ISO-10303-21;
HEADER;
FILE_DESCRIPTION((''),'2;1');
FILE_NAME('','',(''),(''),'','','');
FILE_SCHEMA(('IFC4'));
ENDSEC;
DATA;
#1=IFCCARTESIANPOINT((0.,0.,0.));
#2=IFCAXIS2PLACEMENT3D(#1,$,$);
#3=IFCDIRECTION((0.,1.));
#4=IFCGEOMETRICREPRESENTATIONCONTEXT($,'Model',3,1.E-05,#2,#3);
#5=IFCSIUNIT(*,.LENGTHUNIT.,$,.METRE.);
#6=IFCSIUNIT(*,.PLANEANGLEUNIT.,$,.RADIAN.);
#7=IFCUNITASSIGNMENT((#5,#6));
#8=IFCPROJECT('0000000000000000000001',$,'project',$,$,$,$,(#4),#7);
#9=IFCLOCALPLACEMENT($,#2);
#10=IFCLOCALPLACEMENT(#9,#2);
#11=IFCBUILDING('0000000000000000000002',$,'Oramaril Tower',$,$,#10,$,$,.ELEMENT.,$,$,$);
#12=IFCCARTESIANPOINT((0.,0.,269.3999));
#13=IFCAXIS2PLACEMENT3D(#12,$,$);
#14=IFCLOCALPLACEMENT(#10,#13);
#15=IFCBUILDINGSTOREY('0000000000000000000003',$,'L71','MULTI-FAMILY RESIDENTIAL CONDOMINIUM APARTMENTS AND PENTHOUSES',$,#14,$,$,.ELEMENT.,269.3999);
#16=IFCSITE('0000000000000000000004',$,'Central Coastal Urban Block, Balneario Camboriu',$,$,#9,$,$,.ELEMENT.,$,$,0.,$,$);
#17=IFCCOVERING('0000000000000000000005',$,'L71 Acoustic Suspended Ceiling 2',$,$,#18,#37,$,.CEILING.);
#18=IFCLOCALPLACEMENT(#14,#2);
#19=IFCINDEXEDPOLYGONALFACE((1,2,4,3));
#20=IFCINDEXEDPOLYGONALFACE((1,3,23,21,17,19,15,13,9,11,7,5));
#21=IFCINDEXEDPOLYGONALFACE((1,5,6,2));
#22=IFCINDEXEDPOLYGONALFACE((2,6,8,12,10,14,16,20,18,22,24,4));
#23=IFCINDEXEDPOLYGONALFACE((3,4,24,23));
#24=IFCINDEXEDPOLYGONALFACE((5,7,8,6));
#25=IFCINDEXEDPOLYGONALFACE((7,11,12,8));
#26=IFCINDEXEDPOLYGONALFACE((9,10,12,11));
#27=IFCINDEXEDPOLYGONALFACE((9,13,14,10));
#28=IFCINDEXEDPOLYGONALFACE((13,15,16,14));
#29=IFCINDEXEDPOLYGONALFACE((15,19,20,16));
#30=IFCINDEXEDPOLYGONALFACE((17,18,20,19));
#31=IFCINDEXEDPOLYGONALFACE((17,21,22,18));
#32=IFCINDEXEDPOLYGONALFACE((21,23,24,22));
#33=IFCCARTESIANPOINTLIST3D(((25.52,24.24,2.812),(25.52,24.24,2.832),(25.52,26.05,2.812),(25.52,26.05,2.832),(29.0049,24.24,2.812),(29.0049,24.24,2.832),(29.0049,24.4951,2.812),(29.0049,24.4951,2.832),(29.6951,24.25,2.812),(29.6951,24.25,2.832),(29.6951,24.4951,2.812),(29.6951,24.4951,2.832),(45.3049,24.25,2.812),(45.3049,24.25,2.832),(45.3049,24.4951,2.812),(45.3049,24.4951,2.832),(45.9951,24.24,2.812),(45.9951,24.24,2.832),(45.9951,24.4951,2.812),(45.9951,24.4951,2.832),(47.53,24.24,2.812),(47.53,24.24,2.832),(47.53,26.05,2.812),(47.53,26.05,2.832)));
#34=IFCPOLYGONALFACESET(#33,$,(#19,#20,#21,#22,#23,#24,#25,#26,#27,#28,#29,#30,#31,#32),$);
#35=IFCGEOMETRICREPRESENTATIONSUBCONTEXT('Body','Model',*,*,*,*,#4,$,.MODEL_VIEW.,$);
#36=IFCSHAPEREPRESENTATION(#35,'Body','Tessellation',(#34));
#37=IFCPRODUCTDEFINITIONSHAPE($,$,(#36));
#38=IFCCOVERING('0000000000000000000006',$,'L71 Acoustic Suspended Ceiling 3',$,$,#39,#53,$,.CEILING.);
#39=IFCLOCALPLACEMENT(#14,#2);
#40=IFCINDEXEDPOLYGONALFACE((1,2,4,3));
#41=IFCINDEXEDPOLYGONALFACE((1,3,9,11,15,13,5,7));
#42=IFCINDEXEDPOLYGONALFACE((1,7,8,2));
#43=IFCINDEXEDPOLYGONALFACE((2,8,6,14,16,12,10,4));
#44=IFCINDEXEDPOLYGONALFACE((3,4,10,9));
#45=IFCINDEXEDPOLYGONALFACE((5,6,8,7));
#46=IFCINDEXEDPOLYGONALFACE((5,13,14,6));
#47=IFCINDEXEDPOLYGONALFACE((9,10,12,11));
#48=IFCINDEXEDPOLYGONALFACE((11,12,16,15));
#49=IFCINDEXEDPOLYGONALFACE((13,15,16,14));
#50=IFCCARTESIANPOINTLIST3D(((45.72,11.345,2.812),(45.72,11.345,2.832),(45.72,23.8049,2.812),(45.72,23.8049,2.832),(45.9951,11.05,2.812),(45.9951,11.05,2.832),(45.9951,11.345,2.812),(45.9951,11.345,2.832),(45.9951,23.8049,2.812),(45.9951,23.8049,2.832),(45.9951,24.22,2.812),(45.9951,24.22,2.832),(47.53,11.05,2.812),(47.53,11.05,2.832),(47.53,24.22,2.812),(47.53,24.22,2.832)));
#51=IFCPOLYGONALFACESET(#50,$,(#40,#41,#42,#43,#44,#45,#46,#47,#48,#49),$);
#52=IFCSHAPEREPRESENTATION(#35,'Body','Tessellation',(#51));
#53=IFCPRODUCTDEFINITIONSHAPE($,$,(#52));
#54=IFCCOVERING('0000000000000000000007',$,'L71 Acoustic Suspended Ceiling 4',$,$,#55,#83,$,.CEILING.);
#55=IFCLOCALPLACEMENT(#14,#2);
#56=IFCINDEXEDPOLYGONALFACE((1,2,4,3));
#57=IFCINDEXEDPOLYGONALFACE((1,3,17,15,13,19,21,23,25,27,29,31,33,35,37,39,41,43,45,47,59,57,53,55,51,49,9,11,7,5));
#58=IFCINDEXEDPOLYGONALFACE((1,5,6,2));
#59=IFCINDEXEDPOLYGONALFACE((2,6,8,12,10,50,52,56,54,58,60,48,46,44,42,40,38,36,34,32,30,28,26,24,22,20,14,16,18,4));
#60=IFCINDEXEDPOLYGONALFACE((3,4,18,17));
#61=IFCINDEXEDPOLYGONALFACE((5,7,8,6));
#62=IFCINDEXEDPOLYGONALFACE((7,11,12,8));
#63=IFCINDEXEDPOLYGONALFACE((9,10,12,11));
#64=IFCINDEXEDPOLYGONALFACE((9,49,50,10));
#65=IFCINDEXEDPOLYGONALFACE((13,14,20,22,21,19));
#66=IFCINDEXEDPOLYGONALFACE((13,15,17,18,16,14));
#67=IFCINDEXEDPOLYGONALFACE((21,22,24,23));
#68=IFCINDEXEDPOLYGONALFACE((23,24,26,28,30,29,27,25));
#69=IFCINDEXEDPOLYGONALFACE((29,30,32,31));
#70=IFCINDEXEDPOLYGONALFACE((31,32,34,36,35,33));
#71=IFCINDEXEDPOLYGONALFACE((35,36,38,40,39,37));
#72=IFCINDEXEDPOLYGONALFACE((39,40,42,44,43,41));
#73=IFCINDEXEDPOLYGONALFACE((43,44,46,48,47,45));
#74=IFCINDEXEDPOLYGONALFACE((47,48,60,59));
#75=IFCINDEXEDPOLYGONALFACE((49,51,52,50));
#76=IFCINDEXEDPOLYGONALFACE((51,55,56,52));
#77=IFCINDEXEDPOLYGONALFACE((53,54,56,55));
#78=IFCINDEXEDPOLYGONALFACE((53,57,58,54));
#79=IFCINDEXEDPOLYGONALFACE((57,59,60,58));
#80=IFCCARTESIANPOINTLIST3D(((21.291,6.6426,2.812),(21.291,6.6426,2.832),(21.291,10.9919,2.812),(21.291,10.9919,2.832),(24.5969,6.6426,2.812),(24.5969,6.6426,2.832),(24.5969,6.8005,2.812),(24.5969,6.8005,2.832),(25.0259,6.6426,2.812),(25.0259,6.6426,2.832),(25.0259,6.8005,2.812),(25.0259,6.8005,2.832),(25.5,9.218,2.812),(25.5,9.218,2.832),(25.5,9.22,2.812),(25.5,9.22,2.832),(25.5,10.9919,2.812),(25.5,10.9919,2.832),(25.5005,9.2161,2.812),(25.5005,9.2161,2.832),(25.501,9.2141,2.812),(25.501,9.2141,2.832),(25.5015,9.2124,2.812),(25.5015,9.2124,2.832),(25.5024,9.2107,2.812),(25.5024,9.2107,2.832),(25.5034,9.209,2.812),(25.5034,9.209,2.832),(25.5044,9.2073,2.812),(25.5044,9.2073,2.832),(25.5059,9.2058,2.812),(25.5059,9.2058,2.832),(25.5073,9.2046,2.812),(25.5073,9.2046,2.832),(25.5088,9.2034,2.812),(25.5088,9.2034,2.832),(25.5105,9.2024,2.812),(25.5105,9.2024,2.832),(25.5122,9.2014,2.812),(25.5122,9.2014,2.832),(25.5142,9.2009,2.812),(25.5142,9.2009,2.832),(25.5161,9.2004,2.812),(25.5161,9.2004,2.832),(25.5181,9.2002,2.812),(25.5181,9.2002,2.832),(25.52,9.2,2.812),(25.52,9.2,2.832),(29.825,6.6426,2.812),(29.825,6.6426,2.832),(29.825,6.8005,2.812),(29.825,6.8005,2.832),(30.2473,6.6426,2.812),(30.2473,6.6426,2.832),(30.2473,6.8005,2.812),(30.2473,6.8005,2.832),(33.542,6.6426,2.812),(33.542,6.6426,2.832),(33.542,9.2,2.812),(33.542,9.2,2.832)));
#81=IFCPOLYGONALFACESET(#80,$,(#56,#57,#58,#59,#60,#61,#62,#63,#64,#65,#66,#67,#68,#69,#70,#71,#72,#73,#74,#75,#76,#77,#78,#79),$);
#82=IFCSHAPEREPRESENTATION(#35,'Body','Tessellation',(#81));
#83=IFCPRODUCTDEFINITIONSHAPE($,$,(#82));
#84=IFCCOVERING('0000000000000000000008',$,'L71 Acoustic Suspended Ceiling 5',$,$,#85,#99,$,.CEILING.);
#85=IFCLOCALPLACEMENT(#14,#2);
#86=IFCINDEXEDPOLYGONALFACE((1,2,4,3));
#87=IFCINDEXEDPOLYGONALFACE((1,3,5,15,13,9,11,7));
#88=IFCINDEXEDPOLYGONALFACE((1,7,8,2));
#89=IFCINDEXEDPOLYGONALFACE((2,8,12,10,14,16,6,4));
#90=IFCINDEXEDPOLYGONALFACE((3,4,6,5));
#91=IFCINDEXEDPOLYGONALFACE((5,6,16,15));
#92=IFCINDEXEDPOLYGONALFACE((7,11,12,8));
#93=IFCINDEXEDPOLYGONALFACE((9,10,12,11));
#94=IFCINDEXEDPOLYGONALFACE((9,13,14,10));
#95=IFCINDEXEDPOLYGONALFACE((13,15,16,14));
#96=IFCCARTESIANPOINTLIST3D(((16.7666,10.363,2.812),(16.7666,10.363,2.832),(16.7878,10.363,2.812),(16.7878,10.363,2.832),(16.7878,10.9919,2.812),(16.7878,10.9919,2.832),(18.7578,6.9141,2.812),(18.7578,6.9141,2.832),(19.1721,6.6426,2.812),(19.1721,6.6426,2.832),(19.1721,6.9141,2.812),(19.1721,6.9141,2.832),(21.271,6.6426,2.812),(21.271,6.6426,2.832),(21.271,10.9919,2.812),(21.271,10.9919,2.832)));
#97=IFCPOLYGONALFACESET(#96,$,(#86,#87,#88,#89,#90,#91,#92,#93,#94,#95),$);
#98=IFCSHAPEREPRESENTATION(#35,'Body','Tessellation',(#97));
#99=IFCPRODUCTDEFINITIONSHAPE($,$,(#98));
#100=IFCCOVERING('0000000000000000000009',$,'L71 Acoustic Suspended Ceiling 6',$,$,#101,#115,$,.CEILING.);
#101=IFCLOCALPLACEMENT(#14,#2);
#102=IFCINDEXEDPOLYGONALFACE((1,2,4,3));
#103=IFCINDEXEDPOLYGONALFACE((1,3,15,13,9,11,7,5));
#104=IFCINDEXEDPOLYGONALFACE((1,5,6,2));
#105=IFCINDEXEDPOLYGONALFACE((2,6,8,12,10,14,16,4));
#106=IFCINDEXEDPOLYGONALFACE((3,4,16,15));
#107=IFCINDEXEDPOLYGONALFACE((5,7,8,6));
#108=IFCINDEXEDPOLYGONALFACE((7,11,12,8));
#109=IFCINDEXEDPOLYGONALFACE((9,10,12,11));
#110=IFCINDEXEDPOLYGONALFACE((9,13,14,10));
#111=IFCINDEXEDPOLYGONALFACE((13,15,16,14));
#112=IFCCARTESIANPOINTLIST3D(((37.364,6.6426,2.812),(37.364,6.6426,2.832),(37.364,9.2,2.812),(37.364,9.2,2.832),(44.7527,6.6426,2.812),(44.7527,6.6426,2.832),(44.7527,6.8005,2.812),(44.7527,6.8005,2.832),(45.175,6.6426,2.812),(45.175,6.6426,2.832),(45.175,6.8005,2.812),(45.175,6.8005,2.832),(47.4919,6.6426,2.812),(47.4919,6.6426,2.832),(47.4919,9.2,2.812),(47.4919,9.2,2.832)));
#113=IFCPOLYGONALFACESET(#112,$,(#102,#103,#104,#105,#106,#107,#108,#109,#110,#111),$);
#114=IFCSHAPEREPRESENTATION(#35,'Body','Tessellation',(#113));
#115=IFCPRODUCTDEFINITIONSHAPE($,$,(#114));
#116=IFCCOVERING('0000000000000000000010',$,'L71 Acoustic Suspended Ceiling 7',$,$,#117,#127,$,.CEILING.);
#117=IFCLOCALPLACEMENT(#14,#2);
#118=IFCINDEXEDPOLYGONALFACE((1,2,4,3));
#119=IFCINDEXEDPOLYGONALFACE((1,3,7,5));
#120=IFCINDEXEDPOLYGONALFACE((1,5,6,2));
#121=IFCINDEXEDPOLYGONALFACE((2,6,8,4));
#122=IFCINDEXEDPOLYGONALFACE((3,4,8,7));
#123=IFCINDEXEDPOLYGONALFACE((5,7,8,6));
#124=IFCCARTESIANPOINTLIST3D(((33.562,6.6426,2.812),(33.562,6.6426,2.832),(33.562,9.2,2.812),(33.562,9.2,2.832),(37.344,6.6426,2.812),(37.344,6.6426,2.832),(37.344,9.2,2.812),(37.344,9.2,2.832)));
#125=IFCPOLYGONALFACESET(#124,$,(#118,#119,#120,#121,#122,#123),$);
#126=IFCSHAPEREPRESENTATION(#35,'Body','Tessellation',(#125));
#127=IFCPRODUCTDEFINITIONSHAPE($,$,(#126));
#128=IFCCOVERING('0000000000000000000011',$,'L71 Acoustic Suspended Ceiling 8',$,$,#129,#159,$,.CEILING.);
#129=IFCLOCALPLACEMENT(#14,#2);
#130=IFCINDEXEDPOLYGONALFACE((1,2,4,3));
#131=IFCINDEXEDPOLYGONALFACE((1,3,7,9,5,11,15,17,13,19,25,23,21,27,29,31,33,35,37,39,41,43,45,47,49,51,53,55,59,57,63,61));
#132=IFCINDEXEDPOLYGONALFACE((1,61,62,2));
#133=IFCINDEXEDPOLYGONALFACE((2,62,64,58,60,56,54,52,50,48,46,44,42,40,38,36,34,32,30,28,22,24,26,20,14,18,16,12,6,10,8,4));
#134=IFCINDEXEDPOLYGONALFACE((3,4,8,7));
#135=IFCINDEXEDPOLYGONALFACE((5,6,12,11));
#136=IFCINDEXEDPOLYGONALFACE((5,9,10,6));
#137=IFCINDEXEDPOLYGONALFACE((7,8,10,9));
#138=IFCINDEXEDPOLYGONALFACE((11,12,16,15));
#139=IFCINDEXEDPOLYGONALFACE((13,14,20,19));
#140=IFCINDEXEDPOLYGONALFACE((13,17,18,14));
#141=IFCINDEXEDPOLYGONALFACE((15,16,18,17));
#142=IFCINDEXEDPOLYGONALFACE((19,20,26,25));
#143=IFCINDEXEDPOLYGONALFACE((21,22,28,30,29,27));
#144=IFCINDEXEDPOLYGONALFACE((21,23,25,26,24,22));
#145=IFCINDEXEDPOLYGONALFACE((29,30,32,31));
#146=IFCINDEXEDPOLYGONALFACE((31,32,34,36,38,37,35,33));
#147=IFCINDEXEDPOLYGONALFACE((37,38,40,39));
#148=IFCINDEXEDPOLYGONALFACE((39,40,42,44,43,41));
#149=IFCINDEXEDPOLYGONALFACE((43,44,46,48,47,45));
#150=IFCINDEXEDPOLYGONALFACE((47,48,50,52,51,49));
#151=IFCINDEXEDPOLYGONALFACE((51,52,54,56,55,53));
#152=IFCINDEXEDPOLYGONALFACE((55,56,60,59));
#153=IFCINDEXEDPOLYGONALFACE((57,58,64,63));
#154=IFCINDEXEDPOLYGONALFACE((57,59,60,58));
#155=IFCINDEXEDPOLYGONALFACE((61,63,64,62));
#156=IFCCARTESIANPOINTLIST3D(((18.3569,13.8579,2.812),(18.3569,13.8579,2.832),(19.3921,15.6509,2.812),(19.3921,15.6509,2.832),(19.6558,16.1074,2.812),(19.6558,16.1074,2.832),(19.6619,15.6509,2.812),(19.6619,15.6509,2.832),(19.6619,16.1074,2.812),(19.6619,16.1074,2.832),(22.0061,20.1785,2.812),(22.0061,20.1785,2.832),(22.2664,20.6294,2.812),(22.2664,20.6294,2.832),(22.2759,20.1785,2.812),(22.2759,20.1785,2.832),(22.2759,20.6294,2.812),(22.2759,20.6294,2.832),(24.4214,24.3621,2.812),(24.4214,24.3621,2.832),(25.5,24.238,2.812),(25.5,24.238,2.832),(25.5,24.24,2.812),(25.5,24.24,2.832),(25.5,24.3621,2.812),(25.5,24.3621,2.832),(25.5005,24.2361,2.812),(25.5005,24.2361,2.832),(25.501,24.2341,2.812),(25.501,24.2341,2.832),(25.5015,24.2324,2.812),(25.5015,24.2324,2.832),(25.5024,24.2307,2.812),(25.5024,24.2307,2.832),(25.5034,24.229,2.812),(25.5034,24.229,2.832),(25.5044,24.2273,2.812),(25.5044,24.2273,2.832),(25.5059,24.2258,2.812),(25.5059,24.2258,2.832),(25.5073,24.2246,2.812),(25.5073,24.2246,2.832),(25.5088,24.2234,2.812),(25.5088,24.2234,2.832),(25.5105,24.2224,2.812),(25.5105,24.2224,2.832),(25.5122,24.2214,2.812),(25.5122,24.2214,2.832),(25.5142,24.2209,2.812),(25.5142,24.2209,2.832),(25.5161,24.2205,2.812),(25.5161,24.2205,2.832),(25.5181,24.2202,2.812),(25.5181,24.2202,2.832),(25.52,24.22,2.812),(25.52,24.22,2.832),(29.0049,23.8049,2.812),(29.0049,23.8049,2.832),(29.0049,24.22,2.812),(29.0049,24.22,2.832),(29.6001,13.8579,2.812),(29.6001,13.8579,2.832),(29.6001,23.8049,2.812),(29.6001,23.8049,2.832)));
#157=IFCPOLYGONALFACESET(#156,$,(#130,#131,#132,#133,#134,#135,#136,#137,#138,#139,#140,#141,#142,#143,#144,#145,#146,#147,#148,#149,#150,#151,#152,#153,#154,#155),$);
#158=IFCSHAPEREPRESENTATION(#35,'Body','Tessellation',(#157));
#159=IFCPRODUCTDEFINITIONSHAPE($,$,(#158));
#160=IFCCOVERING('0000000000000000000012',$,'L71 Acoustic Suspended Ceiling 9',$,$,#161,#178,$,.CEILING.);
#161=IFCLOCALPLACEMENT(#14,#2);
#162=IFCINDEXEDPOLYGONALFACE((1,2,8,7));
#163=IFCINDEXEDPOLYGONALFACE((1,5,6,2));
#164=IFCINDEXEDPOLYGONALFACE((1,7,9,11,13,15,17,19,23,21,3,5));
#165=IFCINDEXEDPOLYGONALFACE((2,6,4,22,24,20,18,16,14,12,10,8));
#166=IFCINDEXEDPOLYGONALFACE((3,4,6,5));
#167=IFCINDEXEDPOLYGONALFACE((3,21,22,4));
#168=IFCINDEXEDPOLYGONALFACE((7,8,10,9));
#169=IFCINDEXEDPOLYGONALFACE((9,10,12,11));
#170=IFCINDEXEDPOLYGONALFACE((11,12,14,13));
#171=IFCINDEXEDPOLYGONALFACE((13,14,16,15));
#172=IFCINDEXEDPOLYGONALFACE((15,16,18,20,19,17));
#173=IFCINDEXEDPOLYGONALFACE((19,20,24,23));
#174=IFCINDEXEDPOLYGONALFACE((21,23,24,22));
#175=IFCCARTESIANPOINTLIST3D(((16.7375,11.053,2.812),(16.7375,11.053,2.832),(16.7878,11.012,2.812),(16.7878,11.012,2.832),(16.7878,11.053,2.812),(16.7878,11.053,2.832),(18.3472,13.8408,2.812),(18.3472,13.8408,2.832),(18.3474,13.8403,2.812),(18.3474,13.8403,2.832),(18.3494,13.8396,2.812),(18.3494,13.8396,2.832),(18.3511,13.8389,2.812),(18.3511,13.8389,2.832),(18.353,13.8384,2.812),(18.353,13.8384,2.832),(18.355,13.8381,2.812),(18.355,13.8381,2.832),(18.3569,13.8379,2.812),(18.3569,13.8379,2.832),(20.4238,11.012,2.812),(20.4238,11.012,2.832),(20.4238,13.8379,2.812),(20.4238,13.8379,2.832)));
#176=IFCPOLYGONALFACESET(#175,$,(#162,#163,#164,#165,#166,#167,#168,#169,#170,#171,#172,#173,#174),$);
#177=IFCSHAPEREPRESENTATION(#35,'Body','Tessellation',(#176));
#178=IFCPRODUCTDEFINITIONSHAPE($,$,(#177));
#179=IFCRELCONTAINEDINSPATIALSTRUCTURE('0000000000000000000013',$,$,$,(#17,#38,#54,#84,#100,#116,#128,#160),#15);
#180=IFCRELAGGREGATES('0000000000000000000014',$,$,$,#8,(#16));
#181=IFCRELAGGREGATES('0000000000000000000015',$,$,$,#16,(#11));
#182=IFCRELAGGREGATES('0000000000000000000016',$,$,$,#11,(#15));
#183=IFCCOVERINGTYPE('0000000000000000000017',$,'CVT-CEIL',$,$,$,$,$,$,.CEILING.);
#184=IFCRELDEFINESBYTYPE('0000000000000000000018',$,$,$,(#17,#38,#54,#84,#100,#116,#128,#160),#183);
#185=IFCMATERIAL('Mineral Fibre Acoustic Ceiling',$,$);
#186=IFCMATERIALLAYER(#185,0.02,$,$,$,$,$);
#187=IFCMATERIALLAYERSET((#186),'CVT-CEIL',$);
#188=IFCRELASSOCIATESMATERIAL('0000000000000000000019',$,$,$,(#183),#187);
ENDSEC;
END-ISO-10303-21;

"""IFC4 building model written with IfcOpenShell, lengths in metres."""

from ifc_helpers import new_model, si_unit, direction, frame, origin, place, context, subcontext, project, spatial, polyline, outline, extrude, material, layer, layer_set, type_object, element, save


model = new_model("IFC4")

# Units and contexts
model_context = context("Model", 3, precision=1e-05, world=origin(), true_north=direction((0.0, 1.0)))
body_context = subcontext(model_context, "Body", "Model", "MODEL_VIEW")
ifc_project = project(units=[si_unit("LENGTHUNIT", "METRE"), si_unit("PLANEANGLEUNIT", "RADIAN")], contexts=[model_context])

# Site, building, storey
site_placement = place(None, origin())
site = spatial("IfcSite", under=ifc_project, at=site_placement, Name="Central Coastal Urban Block, Balneario Camboriu", CompositionType="ELEMENT", RefElevation=0.0)
building_placement = place(site_placement, origin())
building = spatial("IfcBuilding", under=site, at=building_placement, Name="Oramaril Tower", CompositionType="ELEMENT")
storey_placement = place(building_placement, frame((0.0, 0.0, 269.3999)))
storey = spatial("IfcBuildingStorey", under=building, at=storey_placement, Name="L71", Description="MULTI-FAMILY RESIDENTIAL CONDOMINIUM APARTMENTS AND PENTHOUSES", CompositionType="ELEMENT", Elevation=269.3999)

# Coverings
ifc_material_1 = material(Name="Mineral Fibre Acoustic Ceiling")
ifc_layer_1 = layer(ifc_material_1, 0.02)
ifc_layer_set_1 = layer_set([ifc_layer_1], Name="CVT-CEIL")
covering_type_1 = type_object("IfcCoveringType", Name="CVT-CEIL", PredefinedType="CEILING", material=ifc_layer_set_1)
covering_1_placement = place(storey_placement, frame((0.0, 0.0, 2.812)))
element("IfcCovering", 1, at=covering_1_placement, inside=storey, type_object=covering_type_1, Name="L71 Acoustic Suspended Ceiling 2", PredefinedType="CEILING", context=body_context, shape_type="SweptSolid", body=[
    extrude(outline(polyline([(47.53, 24.24), (45.9951, 24.24), (45.9951, 24.4951), (45.3049, 24.4951), (45.3049, 24.25), (29.6951, 24.25), (29.6951, 24.4951), (29.0049, 24.4951), (29.0049, 24.24), (25.52, 24.24), (25.52, 26.05), (47.53, 26.05), (47.53, 24.24)])), origin(), (0.0, 0.0, 1.0), 0.02),
])
covering_2_placement = place(storey_placement, frame((0.0, 0.0, 2.812)))
element("IfcCovering", 2, at=covering_2_placement, inside=storey, type_object=covering_type_1, Name="L71 Acoustic Suspended Ceiling 3", PredefinedType="CEILING", context=body_context, shape_type="SweptSolid", body=[
    extrude(outline(polyline([(47.53, 11.05), (45.9951, 11.05), (45.9951, 11.345), (45.72, 11.345), (45.72, 23.8049), (45.9951, 23.8049), (45.9951, 24.22), (47.53, 24.22), (47.53, 11.05)])), origin(), (0.0, 0.0, 1.0), 0.02),
])
covering_3_placement = place(storey_placement, frame((0.0, 0.0, 2.812)))
element("IfcCovering", 3, at=covering_3_placement, inside=storey, type_object=covering_type_1, Name="L71 Acoustic Suspended Ceiling 4", PredefinedType="CEILING", context=body_context, shape_type="SweptSolid", body=[
    extrude(outline(polyline([(33.542, 6.6426), (30.2473, 6.6426), (30.2473, 6.8005), (29.825, 6.8005), (29.825, 6.6426), (25.0259, 6.6426), (25.0259, 6.8005), (24.5969, 6.8005), (24.5969, 6.6426), (21.291, 6.6426), (21.291, 10.9919), (25.5, 10.9919), (25.5, 9.22), (25.5, 9.218), (25.5005, 9.2161), (25.501, 9.2141), (25.5015, 9.2124), (25.5024, 9.2107), (25.5034, 9.209), (25.5044, 9.2073), (25.5059, 9.2058), (25.5073, 9.2046), (25.5088, 9.2034), (25.5105, 9.2024), (25.5122, 9.2014), (25.5142, 9.2009), (25.5161, 9.2004), (25.5181, 9.2002), (25.52, 9.2), (33.542, 9.2), (33.542, 6.6426)])), origin(), (0.0, 0.0, 1.0), 0.02),
])
covering_4_placement = place(storey_placement, frame((0.0, 0.0, 2.812)))
element("IfcCovering", 4, at=covering_4_placement, inside=storey, type_object=covering_type_1, Name="L71 Acoustic Suspended Ceiling 5", PredefinedType="CEILING", context=body_context, shape_type="SweptSolid", body=[
    extrude(outline(polyline([(19.1721, 6.6426), (19.1721, 6.9141), (18.7578, 6.9141), (16.7666, 10.363), (16.7878, 10.363), (16.7878, 10.9919), (21.271, 10.9919), (21.271, 6.6426), (19.1721, 6.6426)])), origin(), (0.0, 0.0, 1.0), 0.02),
])
covering_5_placement = place(storey_placement, frame((0.0, 0.0, 2.812)))
element("IfcCovering", 5, at=covering_5_placement, inside=storey, type_object=covering_type_1, Name="L71 Acoustic Suspended Ceiling 6", PredefinedType="CEILING", context=body_context, shape_type="SweptSolid", body=[
    extrude(outline(polyline([(45.175, 6.8005), (44.7527, 6.8005), (44.7527, 6.6426), (37.364, 6.6426), (37.364, 9.2), (47.4919, 9.2), (47.4919, 6.6426), (45.175, 6.6426), (45.175, 6.8005)])), origin(), (0.0, 0.0, 1.0), 0.02),
])
covering_6_placement = place(storey_placement, frame((0.0, 0.0, 2.812)))
element("IfcCovering", 6, at=covering_6_placement, inside=storey, type_object=covering_type_1, Name="L71 Acoustic Suspended Ceiling 7", PredefinedType="CEILING", context=body_context, shape_type="SweptSolid", body=[
    extrude(outline(polyline([(33.562, 6.6426), (33.562, 9.2), (37.344, 9.2), (37.344, 6.6426), (33.562, 6.6426)])), origin(), (0.0, 0.0, 1.0), 0.02),
])
covering_7_placement = place(storey_placement, frame((0.0, 0.0, 2.812)))
element("IfcCovering", 7, at=covering_7_placement, inside=storey, type_object=covering_type_1, Name="L71 Acoustic Suspended Ceiling 8", PredefinedType="CEILING", context=body_context, shape_type="SweptSolid", body=[
    extrude(outline(polyline([(19.3921, 15.6509), (19.6619, 15.6509), (19.6619, 16.1074), (19.6558, 16.1074), (22.0061, 20.1785), (22.2759, 20.1785), (22.2759, 20.6294), (22.2664, 20.6294), (24.4214, 24.3621), (25.5, 24.3621), (25.5, 24.24), (25.5, 24.238), (25.5005, 24.2361), (25.501, 24.2341), (25.5015, 24.2324), (25.5024, 24.2307), (25.5034, 24.229), (25.5044, 24.2273), (25.5059, 24.2258), (25.5073, 24.2246), (25.5088, 24.2234), (25.5105, 24.2224), (25.5122, 24.2214), (25.5142, 24.2209), (25.5161, 24.2205), (25.5181, 24.2202), (25.52, 24.22), (29.0049, 24.22), (29.0049, 23.8049), (29.6001, 23.8049), (29.6001, 13.8579), (18.3569, 13.8579), (19.3921, 15.6509)])), origin(), (0.0, 0.0, 1.0), 0.02),
])
covering_8_placement = place(storey_placement, frame((0.0, 0.0, 2.812)))
element("IfcCovering", 8, at=covering_8_placement, inside=storey, type_object=covering_type_1, Name="L71 Acoustic Suspended Ceiling 9", PredefinedType="CEILING", context=body_context, shape_type="SweptSolid", body=[
    extrude(outline(polyline([(20.4238, 11.012), (16.7878, 11.012), (16.7878, 11.053), (16.7375, 11.053), (18.3472, 13.8408), (18.3474, 13.8403), (18.3494, 13.8396), (18.3511, 13.8389), (18.353, 13.8384), (18.355, 13.8381), (18.3569, 13.8379), (20.4238, 13.8379), (20.4238, 11.012)])), origin(), (0.0, 0.0, 1.0), 0.02),
])

save(model, "model.ifc")
